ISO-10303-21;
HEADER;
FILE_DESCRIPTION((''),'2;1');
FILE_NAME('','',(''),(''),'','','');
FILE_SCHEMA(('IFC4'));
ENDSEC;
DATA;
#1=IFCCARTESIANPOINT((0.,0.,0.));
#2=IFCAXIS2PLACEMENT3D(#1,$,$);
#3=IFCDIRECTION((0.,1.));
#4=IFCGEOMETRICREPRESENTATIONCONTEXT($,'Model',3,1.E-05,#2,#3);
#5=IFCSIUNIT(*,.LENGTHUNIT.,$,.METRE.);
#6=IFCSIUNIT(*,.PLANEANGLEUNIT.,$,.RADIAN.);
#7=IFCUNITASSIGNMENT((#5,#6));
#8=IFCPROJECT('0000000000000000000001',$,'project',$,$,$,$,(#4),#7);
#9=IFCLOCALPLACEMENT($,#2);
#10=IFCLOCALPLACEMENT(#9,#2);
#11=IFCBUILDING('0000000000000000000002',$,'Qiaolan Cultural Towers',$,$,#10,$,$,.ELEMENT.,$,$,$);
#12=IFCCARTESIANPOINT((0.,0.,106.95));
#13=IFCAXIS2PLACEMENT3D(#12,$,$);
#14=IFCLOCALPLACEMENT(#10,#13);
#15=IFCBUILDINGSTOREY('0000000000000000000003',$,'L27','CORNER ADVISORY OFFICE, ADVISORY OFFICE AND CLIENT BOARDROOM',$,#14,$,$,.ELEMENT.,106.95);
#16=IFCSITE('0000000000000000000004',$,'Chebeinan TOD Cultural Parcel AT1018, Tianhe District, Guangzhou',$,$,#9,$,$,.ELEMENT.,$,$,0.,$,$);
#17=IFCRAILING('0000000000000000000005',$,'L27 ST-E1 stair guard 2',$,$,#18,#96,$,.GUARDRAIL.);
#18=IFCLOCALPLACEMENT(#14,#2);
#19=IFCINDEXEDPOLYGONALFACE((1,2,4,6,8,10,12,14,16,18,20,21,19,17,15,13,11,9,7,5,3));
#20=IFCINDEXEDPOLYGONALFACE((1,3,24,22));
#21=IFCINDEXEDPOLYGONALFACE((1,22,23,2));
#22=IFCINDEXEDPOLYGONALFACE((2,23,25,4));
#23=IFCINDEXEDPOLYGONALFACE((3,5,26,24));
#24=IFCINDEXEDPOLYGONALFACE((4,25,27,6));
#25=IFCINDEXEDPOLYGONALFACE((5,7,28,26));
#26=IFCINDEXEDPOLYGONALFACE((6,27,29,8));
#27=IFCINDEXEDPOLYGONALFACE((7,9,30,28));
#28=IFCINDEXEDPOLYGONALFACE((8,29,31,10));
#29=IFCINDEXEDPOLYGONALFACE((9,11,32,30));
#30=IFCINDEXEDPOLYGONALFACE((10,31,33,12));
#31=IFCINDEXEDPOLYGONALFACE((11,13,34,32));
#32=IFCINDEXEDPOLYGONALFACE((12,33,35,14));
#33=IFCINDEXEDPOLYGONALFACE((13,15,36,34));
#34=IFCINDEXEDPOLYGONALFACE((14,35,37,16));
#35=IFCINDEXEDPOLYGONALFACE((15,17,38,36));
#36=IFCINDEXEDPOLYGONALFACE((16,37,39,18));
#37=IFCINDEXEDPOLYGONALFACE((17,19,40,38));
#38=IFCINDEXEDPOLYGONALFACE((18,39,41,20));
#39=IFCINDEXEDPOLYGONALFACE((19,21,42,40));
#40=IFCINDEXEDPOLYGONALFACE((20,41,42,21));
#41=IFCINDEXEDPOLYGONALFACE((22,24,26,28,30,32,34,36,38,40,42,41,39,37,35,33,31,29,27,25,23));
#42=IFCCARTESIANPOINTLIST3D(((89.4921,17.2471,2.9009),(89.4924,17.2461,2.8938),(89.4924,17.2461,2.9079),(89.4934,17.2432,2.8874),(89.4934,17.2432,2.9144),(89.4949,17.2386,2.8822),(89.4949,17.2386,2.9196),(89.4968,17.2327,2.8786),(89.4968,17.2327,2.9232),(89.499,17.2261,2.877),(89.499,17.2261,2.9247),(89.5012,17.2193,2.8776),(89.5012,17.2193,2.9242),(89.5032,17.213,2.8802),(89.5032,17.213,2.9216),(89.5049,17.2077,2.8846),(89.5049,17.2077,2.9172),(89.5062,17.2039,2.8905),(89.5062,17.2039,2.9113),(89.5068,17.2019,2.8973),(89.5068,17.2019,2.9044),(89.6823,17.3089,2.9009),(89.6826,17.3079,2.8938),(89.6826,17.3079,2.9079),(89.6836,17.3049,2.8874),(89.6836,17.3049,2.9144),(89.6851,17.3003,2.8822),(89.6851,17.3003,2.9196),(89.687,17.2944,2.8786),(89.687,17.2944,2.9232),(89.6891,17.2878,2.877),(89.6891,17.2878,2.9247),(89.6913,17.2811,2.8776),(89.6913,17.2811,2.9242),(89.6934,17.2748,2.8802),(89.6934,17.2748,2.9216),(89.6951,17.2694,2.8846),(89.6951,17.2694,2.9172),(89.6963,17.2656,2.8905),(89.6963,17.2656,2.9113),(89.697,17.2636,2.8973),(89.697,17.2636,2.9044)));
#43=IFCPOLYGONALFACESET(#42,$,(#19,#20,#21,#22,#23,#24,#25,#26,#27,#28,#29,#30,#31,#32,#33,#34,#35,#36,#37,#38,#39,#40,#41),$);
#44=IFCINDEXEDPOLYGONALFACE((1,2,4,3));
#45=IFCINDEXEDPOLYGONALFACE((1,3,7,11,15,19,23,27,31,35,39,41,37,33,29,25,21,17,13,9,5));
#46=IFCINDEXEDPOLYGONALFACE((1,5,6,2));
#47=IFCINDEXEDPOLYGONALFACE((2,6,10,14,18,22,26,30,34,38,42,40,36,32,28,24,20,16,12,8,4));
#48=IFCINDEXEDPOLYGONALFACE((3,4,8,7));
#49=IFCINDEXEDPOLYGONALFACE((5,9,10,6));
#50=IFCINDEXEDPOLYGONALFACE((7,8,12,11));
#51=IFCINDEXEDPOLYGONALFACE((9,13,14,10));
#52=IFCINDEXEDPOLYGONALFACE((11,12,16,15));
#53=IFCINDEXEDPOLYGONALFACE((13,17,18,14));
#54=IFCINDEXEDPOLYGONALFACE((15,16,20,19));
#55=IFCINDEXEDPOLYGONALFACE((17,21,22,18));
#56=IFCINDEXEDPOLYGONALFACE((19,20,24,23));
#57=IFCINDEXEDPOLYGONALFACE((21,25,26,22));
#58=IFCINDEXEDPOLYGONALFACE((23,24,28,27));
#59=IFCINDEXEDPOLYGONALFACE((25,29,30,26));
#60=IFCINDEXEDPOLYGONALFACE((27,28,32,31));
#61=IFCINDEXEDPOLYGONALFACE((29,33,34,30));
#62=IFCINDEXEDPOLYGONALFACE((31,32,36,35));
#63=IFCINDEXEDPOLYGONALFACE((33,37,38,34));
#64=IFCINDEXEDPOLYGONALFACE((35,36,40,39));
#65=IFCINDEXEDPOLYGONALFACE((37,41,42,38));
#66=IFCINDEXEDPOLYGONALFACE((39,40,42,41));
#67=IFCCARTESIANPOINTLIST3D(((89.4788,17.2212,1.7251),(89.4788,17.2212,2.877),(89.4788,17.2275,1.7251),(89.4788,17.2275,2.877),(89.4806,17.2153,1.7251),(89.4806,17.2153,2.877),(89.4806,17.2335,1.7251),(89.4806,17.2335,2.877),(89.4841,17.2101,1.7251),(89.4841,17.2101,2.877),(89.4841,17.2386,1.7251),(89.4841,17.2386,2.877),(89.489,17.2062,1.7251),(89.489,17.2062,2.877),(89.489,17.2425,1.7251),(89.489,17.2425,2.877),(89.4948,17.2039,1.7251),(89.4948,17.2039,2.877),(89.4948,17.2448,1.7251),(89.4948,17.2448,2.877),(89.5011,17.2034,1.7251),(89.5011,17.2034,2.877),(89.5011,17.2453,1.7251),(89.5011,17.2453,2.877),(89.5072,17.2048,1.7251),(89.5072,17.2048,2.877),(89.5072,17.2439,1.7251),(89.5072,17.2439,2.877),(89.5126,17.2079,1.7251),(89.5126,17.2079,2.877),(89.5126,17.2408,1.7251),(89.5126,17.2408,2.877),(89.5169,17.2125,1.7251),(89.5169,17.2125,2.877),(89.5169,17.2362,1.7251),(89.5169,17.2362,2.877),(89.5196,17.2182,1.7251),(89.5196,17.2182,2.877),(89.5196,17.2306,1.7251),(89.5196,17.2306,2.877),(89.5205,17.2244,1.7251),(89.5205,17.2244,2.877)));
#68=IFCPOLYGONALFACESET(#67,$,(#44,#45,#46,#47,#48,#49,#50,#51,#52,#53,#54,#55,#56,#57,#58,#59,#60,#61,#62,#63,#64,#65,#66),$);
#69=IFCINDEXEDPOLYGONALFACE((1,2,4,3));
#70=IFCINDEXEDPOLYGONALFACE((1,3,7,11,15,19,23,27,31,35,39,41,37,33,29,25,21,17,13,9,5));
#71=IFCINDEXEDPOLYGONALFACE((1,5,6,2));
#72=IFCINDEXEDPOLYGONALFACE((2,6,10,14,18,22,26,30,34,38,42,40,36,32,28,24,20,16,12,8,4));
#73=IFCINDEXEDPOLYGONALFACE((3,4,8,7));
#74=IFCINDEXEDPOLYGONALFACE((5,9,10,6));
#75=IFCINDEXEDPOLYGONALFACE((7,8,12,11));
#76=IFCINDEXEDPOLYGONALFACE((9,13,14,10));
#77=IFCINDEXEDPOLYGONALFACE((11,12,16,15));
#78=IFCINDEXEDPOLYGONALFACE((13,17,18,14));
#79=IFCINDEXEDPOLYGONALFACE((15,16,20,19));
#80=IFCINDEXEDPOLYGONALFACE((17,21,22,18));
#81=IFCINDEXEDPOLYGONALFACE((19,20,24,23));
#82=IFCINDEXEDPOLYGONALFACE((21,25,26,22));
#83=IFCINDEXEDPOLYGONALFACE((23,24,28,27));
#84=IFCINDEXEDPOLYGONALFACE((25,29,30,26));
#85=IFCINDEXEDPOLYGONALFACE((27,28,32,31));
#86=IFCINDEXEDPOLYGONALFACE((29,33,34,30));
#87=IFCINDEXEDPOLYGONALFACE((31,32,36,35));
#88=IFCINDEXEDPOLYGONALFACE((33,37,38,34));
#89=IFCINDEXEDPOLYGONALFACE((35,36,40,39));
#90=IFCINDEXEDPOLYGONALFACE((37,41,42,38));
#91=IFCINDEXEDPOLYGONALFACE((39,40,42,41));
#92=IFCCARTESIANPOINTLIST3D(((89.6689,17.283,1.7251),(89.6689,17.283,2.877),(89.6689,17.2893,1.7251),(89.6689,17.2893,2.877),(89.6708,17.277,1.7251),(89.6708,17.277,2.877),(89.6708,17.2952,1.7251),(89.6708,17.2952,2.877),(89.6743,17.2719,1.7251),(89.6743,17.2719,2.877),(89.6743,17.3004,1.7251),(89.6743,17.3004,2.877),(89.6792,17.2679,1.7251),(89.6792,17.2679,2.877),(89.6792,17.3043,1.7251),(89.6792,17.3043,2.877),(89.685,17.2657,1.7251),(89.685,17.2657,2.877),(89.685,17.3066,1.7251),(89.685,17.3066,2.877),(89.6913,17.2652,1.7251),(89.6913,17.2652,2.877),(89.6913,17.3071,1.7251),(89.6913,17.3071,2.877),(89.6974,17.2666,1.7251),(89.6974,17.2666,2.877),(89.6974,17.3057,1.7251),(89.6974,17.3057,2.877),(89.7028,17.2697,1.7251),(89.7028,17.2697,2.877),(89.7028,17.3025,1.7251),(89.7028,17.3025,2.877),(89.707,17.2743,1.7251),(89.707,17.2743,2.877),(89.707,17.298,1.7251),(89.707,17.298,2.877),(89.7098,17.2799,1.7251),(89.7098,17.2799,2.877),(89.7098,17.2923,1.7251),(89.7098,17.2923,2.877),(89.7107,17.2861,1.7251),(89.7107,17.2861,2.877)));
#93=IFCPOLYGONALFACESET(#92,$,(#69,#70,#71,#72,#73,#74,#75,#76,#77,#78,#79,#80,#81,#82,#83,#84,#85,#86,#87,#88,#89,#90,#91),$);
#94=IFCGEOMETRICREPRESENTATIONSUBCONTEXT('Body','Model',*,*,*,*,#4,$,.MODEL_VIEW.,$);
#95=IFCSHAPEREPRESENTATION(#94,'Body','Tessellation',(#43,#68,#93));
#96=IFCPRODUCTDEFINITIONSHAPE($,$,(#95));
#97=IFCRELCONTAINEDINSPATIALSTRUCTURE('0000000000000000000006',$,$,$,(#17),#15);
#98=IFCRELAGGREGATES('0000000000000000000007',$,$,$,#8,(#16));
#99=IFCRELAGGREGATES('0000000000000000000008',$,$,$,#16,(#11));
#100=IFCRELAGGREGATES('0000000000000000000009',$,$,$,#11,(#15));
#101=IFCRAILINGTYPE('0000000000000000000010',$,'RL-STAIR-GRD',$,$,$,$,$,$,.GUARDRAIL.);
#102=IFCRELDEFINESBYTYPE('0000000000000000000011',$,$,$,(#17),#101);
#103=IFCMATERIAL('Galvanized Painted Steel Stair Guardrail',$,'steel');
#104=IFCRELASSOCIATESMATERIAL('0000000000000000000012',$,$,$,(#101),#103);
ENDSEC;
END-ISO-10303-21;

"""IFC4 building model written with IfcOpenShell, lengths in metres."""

from ifc_helpers import new_model, si_unit, direction, frame, origin, origin_2d, place, context, subcontext, project, spatial, circle, extrude, material, type_object, element, save


model = new_model("IFC4")

# Units and contexts
model_context = context("Model", 3, precision=1e-05, world=origin(), true_north=direction((0.0, 1.0)))
body_context = subcontext(model_context, "Body", "Model", "MODEL_VIEW")
ifc_project = project(units=[si_unit("LENGTHUNIT", "METRE"), si_unit("PLANEANGLEUNIT", "RADIAN")], contexts=[model_context])

# Site, building, storey
site_placement = place(None, origin())
site = spatial("IfcSite", under=ifc_project, at=site_placement, Name="Chebeinan TOD Cultural Parcel AT1018, Tianhe District, Guangzhou", CompositionType="ELEMENT", RefElevation=0.0)
building_placement = place(site_placement, origin())
building = spatial("IfcBuilding", under=site, at=building_placement, Name="Qiaolan Cultural Towers", CompositionType="ELEMENT")
storey_placement = place(building_placement, frame((0.0, 0.0, 106.95)))
storey = spatial("IfcBuildingStorey", under=building, at=storey_placement, Name="L27", Description="CORNER ADVISORY OFFICE, ADVISORY OFFICE AND CLIENT BOARDROOM", CompositionType="ELEMENT", Elevation=106.95)

# Railing
ifc_material_1 = material(Name="Galvanized Painted Steel Stair Guardrail", Category="steel")
railing_type_1 = type_object("IfcRailingType", Name="RL-STAIR-GRD", PredefinedType="GUARDRAIL", material=ifc_material_1)
railing_1_placement = place(storey_placement, frame((89.4995, 17.2244, 1.7251)))
element("IfcRailing", 1, at=railing_1_placement, inside=storey, type_object=railing_type_1, Name="L27 ST-E1 stair guard 2", PredefinedType="GUARDRAIL", context=body_context, shape_type="SweptSolid", body=[
    extrude(circle(Radius=0.0239, at=origin_2d()), frame((0.0, 0.0, 1.1758), z_axis=(0.951097, 0.308893, 0.0), x_axis=(-0.308893, 0.951097, 0.0)), (0.0, 0.0, 1.0), 0.2),
    extrude(circle(Radius=0.021, at=origin_2d()), origin(), (0.0, 0.0, 1.0), 1.1519),
    extrude(circle(Radius=0.021, at=origin_2d()), frame((0.1902, 0.0618, 0.0)), (0.0, 0.0, 1.0), 1.1519),
])

save(model, "model.ifc")
